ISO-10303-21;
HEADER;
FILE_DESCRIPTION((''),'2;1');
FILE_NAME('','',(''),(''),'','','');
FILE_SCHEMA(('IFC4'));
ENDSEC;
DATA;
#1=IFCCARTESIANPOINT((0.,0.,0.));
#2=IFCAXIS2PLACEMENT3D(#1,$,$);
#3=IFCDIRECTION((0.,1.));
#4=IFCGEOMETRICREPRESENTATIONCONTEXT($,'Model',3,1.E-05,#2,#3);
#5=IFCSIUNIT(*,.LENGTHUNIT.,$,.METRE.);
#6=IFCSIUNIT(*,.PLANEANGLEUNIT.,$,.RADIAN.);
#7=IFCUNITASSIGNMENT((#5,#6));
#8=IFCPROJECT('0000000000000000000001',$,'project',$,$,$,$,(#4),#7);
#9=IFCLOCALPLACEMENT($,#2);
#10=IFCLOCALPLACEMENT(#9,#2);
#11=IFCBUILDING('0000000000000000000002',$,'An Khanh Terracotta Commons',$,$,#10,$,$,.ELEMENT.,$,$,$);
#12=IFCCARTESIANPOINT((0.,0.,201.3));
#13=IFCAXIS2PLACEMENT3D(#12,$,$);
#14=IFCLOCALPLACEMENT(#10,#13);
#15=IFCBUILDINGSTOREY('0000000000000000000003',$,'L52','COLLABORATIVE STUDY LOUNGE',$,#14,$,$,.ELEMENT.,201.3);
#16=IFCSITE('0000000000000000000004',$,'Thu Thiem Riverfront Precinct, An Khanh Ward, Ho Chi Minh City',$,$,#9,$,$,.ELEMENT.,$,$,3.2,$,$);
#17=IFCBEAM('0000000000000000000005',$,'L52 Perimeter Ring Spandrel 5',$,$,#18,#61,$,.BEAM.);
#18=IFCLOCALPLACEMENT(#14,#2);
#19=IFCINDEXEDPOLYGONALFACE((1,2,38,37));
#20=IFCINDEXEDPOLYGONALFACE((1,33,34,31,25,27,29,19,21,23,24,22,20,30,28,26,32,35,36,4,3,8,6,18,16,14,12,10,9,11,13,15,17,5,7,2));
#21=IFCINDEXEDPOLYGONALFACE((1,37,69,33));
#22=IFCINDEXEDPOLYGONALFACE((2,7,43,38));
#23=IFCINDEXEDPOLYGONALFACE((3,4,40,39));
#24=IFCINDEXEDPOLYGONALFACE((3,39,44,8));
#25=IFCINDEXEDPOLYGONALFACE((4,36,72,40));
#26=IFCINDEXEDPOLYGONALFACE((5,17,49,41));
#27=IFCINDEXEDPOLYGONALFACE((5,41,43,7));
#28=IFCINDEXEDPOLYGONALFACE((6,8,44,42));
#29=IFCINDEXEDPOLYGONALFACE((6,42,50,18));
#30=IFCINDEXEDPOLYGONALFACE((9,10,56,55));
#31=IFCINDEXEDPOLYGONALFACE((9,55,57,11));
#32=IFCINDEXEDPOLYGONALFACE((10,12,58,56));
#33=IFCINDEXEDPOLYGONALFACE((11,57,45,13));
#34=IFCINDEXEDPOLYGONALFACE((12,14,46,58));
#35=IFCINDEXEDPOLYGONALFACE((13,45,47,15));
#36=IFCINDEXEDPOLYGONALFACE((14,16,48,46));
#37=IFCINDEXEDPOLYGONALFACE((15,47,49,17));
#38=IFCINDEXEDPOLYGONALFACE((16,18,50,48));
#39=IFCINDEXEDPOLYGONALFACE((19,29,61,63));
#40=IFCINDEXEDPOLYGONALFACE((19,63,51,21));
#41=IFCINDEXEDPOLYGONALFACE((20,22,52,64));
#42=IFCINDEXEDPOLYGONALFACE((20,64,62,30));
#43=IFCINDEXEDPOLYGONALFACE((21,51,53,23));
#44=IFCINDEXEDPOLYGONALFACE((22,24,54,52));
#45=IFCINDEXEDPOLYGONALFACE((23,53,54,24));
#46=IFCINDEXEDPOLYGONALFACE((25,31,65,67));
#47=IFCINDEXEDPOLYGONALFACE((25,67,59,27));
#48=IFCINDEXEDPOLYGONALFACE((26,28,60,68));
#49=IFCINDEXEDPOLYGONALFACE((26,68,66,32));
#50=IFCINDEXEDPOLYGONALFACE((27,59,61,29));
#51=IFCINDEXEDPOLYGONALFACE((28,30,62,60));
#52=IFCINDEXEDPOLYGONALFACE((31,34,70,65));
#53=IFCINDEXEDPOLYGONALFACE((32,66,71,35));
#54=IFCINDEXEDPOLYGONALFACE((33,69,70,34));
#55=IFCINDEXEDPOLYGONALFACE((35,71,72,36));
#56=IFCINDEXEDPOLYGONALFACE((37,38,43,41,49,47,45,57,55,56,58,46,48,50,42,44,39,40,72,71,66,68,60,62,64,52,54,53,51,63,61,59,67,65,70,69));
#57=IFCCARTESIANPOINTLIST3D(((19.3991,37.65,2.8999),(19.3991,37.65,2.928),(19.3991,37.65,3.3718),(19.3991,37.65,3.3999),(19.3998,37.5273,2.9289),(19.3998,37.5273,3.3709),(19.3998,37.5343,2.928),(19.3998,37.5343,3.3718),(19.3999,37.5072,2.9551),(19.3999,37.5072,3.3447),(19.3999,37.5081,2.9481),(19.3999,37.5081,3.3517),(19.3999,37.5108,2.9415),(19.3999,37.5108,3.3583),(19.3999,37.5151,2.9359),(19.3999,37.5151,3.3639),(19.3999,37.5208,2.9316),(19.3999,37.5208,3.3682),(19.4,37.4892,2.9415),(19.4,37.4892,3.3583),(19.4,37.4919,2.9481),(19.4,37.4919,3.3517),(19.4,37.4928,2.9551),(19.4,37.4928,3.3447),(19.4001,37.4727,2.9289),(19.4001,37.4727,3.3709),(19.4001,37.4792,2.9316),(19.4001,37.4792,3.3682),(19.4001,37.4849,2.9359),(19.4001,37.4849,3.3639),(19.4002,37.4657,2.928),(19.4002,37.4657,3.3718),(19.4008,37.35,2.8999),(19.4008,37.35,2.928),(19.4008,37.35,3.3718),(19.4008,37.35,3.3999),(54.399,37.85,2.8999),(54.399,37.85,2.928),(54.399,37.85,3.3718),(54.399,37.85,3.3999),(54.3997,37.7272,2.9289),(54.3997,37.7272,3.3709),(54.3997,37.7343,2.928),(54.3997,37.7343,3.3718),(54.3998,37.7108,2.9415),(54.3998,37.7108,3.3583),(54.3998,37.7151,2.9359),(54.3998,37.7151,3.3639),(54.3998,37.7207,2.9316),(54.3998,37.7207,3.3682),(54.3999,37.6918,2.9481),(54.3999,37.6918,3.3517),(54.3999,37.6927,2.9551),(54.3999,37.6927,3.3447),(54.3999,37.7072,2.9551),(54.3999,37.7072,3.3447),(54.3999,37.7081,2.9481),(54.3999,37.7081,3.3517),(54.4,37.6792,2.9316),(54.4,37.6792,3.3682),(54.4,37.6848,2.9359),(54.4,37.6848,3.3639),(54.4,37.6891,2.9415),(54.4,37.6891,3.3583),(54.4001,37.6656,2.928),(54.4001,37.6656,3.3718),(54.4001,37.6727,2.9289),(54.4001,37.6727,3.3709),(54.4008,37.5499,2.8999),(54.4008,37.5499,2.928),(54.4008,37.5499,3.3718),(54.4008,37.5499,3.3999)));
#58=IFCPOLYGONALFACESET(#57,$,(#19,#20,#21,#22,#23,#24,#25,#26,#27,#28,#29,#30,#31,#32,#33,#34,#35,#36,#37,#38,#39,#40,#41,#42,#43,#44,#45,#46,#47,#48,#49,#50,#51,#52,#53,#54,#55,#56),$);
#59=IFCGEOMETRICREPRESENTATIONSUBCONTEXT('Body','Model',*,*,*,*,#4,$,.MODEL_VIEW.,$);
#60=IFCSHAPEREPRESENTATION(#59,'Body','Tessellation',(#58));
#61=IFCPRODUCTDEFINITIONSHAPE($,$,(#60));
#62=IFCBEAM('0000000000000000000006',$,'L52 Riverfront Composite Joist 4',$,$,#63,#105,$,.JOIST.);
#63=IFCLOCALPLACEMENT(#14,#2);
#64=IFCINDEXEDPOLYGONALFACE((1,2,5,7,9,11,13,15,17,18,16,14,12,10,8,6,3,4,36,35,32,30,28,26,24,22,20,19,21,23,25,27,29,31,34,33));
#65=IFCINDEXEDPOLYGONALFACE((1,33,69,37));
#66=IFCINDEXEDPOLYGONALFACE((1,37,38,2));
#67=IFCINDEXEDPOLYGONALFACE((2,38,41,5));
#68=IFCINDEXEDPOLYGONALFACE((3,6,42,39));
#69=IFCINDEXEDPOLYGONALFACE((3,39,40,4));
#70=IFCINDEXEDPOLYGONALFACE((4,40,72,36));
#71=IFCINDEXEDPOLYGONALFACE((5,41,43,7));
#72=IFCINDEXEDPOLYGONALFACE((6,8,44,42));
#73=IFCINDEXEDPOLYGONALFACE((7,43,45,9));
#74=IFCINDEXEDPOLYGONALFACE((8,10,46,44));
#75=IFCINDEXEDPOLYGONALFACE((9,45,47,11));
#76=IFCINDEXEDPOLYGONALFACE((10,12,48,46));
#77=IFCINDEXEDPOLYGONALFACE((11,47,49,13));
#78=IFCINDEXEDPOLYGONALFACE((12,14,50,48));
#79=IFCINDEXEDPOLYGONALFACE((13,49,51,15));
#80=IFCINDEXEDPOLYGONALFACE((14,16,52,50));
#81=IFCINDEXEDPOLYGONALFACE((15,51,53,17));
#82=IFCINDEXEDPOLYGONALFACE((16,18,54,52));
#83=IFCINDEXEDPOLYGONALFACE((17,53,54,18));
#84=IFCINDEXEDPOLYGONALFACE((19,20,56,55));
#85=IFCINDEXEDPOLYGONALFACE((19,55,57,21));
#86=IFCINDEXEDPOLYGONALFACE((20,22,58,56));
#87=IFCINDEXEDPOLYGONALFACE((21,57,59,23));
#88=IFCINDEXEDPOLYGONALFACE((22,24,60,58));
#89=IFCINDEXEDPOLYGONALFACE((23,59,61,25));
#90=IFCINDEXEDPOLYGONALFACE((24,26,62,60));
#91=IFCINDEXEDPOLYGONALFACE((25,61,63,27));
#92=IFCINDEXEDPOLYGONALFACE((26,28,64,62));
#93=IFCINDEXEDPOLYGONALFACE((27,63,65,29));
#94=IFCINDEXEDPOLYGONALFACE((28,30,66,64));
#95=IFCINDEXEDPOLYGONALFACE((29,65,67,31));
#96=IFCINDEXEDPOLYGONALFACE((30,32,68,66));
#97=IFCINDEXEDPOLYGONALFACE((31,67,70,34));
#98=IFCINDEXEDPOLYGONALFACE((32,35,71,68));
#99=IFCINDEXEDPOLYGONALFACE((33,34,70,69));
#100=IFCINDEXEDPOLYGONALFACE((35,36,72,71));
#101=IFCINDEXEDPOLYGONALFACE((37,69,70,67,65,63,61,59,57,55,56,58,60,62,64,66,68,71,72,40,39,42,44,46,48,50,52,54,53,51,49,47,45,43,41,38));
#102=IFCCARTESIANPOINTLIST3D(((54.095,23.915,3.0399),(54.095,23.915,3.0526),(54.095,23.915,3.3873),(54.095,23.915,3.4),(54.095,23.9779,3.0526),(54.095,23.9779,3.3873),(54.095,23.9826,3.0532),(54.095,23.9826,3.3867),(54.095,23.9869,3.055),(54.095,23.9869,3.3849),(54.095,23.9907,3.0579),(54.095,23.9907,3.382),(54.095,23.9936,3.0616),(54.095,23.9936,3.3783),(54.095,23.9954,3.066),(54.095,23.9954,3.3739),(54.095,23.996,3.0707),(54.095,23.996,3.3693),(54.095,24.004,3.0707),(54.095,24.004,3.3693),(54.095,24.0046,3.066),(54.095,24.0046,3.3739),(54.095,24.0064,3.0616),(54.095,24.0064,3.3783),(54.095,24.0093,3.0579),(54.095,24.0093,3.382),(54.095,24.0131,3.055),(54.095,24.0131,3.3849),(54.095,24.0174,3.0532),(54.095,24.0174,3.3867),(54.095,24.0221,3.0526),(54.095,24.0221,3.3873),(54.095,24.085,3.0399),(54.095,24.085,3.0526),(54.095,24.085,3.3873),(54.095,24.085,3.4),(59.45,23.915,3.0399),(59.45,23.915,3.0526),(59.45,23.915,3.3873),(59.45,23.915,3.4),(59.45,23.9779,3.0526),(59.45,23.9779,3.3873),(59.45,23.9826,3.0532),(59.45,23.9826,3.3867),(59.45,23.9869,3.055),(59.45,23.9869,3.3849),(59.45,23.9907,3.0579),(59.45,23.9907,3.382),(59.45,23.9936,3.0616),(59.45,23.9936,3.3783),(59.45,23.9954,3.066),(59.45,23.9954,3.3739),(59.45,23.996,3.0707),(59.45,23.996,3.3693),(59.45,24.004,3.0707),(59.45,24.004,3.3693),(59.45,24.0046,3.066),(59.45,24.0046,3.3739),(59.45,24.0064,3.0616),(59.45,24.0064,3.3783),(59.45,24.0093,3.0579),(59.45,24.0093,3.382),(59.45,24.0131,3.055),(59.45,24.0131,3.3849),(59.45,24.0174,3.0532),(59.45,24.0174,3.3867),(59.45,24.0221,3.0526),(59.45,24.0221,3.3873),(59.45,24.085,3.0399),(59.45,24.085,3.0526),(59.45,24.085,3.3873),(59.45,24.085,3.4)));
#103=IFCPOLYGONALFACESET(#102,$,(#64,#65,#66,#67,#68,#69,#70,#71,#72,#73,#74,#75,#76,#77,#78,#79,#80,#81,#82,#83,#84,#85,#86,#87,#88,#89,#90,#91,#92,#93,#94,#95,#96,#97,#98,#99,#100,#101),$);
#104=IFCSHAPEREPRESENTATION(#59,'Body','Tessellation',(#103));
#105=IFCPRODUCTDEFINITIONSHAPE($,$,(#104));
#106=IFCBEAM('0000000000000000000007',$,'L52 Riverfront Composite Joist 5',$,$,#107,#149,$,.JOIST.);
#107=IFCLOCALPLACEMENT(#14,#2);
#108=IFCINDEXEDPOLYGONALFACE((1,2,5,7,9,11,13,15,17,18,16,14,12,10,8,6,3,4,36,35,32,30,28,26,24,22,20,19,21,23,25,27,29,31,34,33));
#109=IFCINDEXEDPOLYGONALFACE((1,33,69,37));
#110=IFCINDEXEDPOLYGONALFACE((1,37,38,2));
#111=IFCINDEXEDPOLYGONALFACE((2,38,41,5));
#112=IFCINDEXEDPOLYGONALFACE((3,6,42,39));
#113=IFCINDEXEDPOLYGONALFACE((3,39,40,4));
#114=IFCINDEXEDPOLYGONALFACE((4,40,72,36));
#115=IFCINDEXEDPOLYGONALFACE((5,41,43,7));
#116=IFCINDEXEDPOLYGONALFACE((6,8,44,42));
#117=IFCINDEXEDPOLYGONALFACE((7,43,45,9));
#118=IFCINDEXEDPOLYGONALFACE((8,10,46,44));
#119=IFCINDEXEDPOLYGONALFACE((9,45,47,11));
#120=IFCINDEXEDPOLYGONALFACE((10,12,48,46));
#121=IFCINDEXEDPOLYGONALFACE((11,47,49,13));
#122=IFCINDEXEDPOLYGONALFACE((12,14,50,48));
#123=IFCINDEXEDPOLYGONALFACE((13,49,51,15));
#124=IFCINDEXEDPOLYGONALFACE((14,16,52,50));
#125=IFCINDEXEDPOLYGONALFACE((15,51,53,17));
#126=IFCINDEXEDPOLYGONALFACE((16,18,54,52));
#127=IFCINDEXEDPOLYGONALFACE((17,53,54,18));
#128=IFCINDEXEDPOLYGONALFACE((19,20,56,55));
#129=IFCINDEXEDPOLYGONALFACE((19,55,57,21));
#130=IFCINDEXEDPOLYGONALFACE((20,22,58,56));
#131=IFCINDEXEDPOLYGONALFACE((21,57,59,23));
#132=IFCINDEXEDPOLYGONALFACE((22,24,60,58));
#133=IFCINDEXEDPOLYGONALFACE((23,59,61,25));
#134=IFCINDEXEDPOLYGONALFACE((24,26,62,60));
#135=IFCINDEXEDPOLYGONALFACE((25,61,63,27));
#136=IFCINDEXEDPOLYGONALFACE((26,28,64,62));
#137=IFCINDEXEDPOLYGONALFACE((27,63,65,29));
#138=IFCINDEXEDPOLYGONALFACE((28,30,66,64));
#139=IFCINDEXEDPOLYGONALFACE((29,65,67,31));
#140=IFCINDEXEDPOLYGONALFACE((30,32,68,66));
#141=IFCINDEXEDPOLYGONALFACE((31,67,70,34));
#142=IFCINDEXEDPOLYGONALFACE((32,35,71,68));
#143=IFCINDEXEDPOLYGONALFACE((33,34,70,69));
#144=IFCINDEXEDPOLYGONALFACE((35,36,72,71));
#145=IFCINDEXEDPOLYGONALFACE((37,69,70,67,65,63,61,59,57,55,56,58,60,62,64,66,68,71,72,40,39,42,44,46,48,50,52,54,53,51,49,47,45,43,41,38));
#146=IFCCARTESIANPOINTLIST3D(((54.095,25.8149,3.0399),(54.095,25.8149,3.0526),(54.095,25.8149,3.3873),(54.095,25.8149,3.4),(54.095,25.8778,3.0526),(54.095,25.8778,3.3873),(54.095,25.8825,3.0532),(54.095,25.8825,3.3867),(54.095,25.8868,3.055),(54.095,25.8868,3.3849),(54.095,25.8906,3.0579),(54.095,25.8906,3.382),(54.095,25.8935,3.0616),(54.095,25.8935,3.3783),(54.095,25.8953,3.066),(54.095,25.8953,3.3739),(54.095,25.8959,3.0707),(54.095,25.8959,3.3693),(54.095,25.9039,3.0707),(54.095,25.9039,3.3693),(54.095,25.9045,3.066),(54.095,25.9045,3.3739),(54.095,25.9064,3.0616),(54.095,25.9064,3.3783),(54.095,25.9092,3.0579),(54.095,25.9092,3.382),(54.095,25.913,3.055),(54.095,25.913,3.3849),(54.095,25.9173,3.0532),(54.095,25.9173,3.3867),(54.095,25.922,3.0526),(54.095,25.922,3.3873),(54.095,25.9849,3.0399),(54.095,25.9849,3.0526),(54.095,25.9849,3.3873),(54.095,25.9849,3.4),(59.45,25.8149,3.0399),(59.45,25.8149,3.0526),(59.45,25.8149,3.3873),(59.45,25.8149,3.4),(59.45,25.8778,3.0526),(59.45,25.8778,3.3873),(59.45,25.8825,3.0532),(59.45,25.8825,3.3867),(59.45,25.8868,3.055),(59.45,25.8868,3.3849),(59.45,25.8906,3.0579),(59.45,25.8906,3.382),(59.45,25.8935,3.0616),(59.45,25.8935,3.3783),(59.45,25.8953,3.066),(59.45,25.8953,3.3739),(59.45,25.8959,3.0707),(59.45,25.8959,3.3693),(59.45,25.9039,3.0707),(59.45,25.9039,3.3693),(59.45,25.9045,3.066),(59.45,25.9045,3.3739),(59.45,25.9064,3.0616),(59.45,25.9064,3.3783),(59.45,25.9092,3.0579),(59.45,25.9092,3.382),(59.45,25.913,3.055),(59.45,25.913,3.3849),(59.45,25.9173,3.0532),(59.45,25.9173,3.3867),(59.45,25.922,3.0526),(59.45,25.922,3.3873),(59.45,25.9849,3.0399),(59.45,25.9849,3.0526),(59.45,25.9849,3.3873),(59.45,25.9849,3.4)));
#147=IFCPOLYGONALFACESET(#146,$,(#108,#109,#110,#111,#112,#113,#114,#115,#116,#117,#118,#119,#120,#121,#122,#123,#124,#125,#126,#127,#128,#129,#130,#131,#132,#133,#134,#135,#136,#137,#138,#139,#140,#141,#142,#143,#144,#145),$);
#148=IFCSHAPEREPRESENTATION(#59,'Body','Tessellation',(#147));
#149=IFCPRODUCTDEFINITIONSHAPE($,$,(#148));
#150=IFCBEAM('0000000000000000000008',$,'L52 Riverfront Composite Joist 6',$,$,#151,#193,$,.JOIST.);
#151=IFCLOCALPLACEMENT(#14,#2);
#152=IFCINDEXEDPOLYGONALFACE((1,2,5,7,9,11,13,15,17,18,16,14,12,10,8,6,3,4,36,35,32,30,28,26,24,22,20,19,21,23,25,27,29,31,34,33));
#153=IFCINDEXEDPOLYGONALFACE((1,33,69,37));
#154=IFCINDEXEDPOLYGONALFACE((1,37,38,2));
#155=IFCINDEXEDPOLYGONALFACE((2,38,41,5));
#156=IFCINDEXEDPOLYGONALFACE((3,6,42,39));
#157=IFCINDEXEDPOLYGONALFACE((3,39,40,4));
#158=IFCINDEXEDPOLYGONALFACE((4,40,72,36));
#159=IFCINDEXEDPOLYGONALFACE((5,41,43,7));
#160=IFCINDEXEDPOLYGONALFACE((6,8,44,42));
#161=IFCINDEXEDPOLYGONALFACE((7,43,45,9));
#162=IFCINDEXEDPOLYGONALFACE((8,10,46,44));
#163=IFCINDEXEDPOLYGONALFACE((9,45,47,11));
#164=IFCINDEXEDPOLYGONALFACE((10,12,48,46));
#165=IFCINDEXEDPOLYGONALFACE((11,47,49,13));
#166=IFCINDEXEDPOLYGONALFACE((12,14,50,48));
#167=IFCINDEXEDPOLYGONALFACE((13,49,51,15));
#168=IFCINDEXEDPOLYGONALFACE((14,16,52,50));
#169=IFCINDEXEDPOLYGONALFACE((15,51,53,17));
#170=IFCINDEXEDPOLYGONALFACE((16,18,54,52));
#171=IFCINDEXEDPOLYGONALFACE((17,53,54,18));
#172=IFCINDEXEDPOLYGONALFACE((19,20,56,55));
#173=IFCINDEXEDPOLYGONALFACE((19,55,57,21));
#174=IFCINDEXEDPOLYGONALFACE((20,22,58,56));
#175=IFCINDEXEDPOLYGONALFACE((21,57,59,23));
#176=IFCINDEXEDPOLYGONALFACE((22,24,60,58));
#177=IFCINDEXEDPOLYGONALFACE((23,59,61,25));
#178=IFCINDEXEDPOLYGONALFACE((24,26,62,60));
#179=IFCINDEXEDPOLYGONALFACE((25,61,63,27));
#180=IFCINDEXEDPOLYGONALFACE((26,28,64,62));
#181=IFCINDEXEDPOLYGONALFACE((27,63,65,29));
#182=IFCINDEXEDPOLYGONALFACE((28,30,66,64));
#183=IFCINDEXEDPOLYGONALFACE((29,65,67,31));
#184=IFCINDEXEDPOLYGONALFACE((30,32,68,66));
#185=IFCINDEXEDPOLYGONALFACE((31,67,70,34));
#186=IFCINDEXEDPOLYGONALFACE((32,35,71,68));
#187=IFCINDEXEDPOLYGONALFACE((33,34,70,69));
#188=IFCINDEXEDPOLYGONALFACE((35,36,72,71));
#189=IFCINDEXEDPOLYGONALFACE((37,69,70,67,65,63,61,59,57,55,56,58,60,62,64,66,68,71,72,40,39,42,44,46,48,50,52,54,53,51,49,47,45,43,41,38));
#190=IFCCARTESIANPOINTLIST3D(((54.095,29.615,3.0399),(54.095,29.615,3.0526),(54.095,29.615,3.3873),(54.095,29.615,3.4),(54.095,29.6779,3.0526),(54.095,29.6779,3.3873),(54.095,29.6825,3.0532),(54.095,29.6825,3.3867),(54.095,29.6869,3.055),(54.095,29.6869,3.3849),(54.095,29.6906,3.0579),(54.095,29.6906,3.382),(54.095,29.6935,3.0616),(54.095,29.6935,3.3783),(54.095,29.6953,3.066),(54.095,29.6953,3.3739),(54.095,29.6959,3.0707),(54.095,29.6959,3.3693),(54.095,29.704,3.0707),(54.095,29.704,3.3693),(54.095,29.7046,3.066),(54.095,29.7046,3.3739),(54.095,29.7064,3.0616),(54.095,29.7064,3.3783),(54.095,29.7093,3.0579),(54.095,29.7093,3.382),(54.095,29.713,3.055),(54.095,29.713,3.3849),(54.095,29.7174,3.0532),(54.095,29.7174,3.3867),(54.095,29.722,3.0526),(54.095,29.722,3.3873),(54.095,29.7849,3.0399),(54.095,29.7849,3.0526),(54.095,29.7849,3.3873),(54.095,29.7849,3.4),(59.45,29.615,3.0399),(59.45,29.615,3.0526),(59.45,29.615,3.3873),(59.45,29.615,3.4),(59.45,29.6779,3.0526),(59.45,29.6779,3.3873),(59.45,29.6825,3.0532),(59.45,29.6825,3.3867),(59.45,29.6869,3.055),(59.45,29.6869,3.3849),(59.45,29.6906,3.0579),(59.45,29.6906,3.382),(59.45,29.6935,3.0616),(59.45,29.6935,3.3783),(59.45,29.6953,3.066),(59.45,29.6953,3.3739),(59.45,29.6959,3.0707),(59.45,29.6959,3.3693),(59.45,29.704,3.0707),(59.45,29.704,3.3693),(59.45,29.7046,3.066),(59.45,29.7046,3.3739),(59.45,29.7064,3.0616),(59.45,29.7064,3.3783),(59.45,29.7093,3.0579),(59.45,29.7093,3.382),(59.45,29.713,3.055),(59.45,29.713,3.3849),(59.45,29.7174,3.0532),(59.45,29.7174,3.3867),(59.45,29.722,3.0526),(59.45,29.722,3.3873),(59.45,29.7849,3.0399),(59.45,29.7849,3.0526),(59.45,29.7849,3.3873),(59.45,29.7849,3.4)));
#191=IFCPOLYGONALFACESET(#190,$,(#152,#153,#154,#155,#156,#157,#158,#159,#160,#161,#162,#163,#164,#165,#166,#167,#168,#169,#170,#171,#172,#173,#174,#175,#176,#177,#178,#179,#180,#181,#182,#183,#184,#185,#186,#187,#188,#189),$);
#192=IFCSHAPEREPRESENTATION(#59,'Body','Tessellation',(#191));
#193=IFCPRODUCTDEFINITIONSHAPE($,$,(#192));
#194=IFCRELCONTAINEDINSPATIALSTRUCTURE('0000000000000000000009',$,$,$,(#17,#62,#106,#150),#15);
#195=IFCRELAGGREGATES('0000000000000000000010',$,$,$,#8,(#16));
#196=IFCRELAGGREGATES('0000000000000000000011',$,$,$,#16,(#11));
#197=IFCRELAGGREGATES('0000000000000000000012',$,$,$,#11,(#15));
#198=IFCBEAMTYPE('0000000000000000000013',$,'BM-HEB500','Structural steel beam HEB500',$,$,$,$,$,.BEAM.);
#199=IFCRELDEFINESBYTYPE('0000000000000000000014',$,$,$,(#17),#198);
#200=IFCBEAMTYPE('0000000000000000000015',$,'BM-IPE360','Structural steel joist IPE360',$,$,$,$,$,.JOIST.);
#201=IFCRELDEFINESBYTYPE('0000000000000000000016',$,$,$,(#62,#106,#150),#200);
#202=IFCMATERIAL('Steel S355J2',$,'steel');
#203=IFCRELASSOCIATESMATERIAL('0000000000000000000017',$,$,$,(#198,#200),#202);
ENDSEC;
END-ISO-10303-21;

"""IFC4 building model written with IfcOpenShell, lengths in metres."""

from ifc_helpers import new_model, si_unit, direction, frame, origin, origin_2d, place, context, subcontext, project, spatial, i_section, extrude, material, material_profile, profile_set, type_object, element, save


model = new_model("IFC4")

# Units and contexts
model_context = context("Model", 3, precision=1e-05, world=origin(), true_north=direction((0.0, 1.0)))
body_context = subcontext(model_context, "Body", "Model", "MODEL_VIEW")
ifc_project = project(units=[si_unit("LENGTHUNIT", "METRE"), si_unit("PLANEANGLEUNIT", "RADIAN")], contexts=[model_context])

# Site, building, storey
site_placement = place(None, origin())
site = spatial("IfcSite", under=ifc_project, at=site_placement, Name="Thu Thiem Riverfront Precinct, An Khanh Ward, Ho Chi Minh City", CompositionType="ELEMENT", RefElevation=3.2)
building_placement = place(site_placement, origin())
building = spatial("IfcBuilding", under=site, at=building_placement, Name="An Khanh Terracotta Commons", CompositionType="ELEMENT")
storey_placement = place(building_placement, frame((0.0, 0.0, 201.3)))
storey = spatial("IfcBuildingStorey", under=building, at=storey_placement, Name="L52", Description="COLLABORATIVE STUDY LOUNGE", CompositionType="ELEMENT", Elevation=201.3)

# Beams
ifc_material_1 = material(Name="Steel S355J2", Category="steel")
ifc_material_profile_1 = material_profile(ifc_material_1, i_section(OverallWidth=0.3, OverallDepth=0.5, WebThickness=0.0144, FlangeThickness=0.0281, FilletRadius=0.0271, at=origin_2d()), Name="HEB500")
ifc_profile_set_1 = profile_set([ifc_material_profile_1], Name="Steel S355J2")
beam_type_1 = type_object("IfcBeamType", Name="BM-HEB500", Description="Structural steel beam HEB500", PredefinedType="BEAM", material=ifc_profile_set_1)
beam_1_placement = place(storey_placement, frame((54.3999, 37.7, 3.1499), z_axis=(-0.999984, -0.005713, 0.0), x_axis=(0.005713, -0.999984, 0.0)))
element("IfcBeam", 1, at=beam_1_placement, inside=storey, type_object=beam_type_1, Name="L52 Perimeter Ring Spandrel 5", PredefinedType="BEAM", context=body_context, shape_type="SweptSolid", body=[
    extrude(i_section(OverallWidth=0.3, OverallDepth=0.5, WebThickness=0.0144, FlangeThickness=0.0281, FilletRadius=0.0271, at=origin_2d()), origin(), (0.0, 0.0, 1.0), 35.0005),
])
ifc_material_profile_2 = material_profile(ifc_material_1, i_section(OverallWidth=0.1699, OverallDepth=0.3601, WebThickness=0.0081, FlangeThickness=0.0127, FilletRadius=0.0181, at=origin_2d()), Name="IPE360")
ifc_profile_set_2 = profile_set([ifc_material_profile_2], Name="Steel S355J2")
beam_type_2 = type_object("IfcBeamType", Name="BM-IPE360", Description="Structural steel joist IPE360", PredefinedType="JOIST", material=ifc_profile_set_2)
for number, where, z_axis, x_axis, name in (
    (2, (54.095, 24.0, 3.22), (1.0, 0.0, 0.0), (0.0, 1.0, 0.0), "L52 Riverfront Composite Joist 4"),
    (3, (54.095, 25.8999, 3.22), (1.0, 0.0, 0.0), (0.0, 1.0, 0.0), "L52 Riverfront Composite Joist 5"),
    (4, (54.095, 29.7, 3.22), (1.0, 0.0, 0.0), (0.0, 1.0, 0.0), "L52 Riverfront Composite Joist 6"),
):
    element("IfcBeam", number, at=place(storey_placement, frame(where, z_axis=z_axis, x_axis=x_axis)), inside=storey, type_object=beam_type_2, Name=name, PredefinedType="JOIST", context=body_context, shape_type="SweptSolid", body=[
        extrude(i_section(OverallWidth=0.1699, OverallDepth=0.3601, WebThickness=0.0081, FlangeThickness=0.0127, FilletRadius=0.0181, at=origin_2d()), origin(), (0.0, 0.0, 1.0), 5.355),
    ])

save(model, "model.ifc")
